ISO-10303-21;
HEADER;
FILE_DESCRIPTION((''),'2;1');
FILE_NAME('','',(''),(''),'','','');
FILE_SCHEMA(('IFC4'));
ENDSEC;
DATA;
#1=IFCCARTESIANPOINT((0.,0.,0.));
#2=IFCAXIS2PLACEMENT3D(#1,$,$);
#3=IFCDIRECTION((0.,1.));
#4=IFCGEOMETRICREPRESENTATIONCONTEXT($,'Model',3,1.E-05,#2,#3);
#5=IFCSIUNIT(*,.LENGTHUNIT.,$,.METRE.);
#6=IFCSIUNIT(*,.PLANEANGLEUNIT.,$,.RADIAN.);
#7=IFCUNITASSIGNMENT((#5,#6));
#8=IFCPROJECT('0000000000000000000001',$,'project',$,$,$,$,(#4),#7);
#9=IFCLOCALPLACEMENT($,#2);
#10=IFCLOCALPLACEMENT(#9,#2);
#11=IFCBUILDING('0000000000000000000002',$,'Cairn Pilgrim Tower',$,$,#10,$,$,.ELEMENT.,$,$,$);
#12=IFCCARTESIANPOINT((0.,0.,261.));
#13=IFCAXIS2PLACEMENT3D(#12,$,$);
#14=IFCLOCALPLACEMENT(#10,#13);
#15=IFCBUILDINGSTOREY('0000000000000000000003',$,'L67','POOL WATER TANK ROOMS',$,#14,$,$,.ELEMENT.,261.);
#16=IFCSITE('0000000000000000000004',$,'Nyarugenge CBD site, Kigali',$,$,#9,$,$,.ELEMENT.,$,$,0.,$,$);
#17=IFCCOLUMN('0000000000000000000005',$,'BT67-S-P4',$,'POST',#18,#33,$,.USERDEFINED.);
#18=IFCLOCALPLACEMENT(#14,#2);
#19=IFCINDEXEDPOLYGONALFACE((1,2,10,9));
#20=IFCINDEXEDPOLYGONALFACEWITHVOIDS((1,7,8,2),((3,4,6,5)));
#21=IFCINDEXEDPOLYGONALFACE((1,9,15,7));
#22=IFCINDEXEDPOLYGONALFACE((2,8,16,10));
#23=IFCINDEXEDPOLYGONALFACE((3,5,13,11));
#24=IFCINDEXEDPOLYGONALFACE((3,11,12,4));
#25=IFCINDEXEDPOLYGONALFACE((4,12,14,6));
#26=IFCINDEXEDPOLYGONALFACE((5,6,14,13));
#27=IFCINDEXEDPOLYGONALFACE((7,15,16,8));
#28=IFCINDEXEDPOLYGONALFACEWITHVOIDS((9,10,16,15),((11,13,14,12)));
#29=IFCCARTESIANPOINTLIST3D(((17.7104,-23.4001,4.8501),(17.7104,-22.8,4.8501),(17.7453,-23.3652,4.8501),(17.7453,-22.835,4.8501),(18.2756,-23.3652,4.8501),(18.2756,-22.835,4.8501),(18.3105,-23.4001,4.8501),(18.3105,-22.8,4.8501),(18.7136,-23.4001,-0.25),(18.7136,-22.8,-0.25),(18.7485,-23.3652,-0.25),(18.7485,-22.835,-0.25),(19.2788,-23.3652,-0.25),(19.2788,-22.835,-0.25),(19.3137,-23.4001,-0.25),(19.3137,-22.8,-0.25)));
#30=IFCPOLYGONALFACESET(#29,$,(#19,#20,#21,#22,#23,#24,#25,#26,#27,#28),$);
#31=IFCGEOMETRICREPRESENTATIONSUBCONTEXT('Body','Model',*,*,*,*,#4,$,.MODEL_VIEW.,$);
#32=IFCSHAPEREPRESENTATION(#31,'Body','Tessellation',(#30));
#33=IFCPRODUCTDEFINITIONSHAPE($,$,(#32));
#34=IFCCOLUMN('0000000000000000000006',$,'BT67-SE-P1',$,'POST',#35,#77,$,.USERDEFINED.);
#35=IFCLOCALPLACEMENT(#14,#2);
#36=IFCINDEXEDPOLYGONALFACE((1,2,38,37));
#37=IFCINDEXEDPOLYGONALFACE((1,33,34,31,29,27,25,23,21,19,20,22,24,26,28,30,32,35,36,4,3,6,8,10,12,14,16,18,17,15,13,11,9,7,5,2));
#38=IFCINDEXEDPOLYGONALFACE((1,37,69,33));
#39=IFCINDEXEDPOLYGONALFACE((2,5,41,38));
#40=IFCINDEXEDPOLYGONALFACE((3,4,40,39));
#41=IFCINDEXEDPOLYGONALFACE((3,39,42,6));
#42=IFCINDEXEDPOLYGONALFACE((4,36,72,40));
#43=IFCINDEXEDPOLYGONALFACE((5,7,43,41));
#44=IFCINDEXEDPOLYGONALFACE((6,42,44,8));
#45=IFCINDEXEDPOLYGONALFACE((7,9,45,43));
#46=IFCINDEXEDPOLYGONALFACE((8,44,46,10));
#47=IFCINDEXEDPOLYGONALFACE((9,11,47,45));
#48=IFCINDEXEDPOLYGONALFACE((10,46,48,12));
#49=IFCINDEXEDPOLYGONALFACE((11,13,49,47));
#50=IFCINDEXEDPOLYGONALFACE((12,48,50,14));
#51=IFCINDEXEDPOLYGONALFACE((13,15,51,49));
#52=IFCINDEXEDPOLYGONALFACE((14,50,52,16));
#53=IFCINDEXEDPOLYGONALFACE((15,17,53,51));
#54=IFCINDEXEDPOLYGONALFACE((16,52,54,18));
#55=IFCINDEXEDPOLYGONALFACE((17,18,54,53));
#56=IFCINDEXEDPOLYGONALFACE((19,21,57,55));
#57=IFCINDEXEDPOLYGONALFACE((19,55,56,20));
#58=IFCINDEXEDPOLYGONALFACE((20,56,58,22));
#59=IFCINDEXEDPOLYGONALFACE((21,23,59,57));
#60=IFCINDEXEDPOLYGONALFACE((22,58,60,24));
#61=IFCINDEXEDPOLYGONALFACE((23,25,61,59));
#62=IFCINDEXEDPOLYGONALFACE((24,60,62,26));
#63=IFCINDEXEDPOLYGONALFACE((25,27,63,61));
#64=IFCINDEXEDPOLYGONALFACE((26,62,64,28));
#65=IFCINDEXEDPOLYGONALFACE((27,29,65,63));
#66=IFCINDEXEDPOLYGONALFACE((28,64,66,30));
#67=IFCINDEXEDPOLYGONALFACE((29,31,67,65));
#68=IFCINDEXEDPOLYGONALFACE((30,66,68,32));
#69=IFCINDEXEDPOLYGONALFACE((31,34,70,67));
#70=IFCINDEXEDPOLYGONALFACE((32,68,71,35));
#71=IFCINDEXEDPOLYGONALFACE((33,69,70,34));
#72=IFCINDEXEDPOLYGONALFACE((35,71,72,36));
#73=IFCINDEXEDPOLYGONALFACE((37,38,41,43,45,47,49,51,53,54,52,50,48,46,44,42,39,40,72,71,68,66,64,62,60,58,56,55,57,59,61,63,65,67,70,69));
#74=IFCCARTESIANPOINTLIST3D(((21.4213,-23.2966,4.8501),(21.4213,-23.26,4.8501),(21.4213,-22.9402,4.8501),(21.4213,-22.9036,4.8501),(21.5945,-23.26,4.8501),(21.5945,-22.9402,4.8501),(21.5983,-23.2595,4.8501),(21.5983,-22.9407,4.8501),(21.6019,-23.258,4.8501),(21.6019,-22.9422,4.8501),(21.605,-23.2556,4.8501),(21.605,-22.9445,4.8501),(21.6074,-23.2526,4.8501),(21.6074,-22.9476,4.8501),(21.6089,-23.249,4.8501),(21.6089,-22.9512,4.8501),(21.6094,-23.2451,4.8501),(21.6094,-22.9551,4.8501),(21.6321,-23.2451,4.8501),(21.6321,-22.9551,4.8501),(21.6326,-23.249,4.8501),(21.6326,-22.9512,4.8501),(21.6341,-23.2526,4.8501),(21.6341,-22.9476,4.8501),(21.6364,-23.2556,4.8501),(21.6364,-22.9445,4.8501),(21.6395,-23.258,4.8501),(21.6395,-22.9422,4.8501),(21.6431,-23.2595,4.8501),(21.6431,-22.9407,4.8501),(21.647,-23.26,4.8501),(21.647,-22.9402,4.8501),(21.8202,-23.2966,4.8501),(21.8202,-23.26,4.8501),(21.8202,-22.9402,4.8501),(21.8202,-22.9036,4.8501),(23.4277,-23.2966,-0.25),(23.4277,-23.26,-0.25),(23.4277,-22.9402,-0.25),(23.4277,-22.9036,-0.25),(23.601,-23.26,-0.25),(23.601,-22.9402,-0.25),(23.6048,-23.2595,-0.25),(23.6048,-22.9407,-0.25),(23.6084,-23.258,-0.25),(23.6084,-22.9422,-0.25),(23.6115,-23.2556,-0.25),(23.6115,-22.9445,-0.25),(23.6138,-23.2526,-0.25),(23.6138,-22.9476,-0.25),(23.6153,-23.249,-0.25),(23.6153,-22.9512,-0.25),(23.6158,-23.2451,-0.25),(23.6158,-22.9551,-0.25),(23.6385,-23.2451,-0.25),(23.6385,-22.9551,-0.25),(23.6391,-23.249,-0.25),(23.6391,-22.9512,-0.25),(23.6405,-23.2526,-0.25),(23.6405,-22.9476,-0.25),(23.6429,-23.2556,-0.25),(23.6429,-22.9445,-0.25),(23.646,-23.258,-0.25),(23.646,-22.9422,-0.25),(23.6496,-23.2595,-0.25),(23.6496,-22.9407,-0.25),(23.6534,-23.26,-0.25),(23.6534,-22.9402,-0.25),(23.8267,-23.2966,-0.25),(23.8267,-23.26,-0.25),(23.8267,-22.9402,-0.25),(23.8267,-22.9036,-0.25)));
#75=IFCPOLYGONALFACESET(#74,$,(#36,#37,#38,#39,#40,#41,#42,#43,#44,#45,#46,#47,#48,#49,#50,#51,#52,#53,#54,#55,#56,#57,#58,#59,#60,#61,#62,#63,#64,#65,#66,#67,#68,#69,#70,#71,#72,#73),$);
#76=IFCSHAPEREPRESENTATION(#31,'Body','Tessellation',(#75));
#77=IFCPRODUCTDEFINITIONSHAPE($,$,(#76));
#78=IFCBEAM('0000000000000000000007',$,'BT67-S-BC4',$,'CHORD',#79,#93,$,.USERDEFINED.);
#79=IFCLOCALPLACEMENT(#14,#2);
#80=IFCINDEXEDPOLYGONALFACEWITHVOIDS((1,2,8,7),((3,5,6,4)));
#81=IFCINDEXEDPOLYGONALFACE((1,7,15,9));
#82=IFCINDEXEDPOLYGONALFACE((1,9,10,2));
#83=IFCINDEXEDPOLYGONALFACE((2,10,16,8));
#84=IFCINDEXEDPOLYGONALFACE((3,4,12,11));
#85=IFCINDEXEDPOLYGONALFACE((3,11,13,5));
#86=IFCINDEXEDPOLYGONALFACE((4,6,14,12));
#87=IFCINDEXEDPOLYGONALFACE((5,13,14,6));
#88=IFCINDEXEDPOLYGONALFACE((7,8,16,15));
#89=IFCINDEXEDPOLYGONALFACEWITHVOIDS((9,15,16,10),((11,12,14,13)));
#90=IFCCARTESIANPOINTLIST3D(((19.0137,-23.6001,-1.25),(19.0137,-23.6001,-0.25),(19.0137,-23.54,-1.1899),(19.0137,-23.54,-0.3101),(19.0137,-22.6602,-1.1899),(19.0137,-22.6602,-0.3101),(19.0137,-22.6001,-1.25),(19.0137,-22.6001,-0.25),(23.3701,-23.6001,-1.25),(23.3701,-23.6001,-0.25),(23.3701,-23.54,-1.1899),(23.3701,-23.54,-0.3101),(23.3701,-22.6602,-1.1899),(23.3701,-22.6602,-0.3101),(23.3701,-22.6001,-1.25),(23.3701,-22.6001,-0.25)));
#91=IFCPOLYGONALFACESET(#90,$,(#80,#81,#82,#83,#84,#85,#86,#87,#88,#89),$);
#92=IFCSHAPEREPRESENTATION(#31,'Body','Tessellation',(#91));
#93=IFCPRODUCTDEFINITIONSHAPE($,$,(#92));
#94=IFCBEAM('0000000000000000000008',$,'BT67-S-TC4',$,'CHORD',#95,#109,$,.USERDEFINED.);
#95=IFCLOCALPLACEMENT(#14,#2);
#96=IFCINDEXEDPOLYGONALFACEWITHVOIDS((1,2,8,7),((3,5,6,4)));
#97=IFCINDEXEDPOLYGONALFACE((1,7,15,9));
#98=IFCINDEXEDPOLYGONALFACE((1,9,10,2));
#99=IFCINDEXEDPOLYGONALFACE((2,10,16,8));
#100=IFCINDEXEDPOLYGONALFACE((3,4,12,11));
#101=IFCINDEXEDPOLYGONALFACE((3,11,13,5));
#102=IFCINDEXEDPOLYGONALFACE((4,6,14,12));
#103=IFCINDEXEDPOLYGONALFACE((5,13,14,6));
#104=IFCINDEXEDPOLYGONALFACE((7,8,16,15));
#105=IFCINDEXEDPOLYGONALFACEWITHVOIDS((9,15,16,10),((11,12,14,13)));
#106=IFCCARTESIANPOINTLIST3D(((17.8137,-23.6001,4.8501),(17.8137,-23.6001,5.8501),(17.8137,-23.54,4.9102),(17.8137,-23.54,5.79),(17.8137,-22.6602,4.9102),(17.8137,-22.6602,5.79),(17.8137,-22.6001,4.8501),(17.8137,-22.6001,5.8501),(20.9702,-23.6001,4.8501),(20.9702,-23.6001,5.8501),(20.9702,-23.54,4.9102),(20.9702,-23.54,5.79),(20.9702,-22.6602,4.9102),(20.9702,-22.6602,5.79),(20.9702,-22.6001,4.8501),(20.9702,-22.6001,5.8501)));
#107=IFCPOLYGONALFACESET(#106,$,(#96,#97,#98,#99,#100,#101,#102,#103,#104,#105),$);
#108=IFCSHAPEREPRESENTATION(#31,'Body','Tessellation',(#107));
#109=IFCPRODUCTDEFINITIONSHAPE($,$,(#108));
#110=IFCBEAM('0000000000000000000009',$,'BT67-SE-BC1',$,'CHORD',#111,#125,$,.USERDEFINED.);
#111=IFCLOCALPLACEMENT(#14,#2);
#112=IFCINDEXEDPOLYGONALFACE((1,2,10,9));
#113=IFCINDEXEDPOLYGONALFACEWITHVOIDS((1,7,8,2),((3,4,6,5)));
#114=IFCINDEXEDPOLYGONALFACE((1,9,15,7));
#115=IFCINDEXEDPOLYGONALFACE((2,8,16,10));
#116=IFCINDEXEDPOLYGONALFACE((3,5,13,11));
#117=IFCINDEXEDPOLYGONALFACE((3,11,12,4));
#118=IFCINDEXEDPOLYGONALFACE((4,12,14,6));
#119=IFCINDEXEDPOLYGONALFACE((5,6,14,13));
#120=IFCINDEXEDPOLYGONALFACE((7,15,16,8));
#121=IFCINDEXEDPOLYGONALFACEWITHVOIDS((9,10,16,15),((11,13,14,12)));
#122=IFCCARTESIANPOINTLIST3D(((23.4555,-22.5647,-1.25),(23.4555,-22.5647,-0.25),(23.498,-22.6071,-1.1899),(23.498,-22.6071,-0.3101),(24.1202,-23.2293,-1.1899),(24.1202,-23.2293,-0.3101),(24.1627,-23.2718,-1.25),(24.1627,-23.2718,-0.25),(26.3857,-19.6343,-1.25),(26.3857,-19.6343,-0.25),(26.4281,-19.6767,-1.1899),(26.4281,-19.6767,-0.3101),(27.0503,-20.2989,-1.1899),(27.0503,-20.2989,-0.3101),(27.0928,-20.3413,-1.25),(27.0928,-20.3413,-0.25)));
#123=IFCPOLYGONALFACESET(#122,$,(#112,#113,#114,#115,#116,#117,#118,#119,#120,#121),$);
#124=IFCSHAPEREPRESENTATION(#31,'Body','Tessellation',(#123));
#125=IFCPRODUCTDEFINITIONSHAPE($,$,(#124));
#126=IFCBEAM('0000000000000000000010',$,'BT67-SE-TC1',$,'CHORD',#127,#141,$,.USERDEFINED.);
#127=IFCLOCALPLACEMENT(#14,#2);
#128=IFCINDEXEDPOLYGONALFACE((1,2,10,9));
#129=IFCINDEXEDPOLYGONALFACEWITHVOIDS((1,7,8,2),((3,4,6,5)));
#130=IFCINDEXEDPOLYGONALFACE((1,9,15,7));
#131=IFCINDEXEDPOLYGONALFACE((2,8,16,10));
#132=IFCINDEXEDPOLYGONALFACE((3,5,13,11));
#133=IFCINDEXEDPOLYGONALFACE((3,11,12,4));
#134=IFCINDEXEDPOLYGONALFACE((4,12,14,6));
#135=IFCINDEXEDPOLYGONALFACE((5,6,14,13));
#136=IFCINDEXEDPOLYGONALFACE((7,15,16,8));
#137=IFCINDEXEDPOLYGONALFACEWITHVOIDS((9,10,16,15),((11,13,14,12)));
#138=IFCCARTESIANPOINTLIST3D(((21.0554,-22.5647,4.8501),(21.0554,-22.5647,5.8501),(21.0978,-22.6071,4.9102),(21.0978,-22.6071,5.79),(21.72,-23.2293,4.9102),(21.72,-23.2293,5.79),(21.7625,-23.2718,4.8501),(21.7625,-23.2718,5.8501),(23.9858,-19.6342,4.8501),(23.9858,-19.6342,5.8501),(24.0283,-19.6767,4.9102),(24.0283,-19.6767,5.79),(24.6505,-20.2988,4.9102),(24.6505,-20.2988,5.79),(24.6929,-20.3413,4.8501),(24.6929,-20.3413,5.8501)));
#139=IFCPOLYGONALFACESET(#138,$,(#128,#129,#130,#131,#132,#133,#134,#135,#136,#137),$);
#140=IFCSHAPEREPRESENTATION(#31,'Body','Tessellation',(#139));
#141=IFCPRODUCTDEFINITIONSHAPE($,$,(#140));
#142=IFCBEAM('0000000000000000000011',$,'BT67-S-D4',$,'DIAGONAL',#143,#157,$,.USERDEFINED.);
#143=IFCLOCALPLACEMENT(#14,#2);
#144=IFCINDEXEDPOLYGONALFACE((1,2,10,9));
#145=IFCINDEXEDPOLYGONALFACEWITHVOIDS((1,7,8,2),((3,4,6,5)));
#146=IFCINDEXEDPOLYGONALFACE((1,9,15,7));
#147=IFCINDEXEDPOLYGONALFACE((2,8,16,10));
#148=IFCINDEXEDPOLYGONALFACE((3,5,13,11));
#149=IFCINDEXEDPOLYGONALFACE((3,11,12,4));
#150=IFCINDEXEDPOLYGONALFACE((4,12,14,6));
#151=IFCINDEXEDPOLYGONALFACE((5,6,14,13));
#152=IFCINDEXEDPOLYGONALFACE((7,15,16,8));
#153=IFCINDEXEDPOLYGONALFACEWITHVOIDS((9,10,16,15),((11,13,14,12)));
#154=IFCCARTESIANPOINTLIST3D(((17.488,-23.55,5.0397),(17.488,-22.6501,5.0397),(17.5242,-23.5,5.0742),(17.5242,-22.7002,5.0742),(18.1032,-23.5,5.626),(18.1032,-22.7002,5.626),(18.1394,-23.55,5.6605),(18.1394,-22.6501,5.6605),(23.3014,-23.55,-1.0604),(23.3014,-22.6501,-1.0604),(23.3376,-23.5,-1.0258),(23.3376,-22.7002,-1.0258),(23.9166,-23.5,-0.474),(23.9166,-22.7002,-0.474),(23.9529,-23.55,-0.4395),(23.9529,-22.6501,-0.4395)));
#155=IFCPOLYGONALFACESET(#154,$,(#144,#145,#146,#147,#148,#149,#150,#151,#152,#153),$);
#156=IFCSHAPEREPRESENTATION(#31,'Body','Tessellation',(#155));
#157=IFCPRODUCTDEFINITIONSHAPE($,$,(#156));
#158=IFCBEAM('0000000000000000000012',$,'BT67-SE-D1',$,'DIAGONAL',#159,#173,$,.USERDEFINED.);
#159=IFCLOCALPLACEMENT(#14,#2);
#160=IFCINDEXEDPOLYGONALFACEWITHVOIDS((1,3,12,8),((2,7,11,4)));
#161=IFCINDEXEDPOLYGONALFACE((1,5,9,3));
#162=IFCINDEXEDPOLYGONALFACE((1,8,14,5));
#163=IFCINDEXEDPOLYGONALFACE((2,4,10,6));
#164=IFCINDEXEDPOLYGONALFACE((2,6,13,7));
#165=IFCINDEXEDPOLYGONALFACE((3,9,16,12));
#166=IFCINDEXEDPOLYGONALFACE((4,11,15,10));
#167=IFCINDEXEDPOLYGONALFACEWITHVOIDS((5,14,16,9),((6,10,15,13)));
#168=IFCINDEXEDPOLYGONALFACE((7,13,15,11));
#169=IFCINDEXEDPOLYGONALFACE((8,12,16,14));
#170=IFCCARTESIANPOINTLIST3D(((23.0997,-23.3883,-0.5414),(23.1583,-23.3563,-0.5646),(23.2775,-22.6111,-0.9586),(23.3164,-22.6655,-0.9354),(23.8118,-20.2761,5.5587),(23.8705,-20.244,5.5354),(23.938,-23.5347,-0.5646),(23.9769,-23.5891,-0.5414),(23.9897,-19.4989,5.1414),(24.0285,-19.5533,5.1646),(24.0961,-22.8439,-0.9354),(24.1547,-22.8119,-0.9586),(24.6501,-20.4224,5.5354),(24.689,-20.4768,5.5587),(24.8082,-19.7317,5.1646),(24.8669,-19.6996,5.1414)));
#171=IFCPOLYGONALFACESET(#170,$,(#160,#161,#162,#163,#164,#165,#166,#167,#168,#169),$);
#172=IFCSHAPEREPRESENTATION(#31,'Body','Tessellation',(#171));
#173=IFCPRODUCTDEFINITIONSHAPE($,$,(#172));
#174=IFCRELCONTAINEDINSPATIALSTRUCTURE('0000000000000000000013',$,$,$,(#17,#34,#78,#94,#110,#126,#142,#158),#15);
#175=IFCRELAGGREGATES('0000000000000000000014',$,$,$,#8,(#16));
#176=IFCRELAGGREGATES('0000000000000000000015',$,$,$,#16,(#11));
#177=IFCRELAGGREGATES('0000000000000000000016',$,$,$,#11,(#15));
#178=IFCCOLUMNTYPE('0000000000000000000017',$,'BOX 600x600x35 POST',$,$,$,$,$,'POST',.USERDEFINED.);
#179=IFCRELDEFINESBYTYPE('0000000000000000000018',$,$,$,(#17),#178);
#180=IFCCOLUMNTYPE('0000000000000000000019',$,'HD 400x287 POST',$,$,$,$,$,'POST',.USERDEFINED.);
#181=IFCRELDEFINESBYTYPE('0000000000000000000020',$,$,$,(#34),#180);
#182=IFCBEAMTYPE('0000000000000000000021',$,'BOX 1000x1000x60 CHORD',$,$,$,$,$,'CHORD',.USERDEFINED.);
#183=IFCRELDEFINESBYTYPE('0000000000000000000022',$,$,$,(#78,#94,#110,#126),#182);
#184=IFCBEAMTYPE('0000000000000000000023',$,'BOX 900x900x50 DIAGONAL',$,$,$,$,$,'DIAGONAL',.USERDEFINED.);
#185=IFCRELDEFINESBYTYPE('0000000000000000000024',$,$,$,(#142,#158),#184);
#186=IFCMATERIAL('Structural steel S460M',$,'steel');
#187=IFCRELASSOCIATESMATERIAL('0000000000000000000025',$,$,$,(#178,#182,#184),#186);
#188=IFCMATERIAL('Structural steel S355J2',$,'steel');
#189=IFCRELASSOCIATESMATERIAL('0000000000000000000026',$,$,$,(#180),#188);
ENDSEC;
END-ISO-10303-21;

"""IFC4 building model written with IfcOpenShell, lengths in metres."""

from ifc_helpers import new_model, si_unit, direction, frame, origin, origin_2d, place, context, subcontext, project, spatial, hollow_rectangle, i_section, extrude, clip, halfspace, material, material_profile, profile_set, type_object, element, save


model = new_model("IFC4")

# Units and contexts
model_context = context("Model", 3, precision=1e-05, world=origin(), true_north=direction((0.0, 1.0)))
body_context = subcontext(model_context, "Body", "Model", "MODEL_VIEW")
ifc_project = project(units=[si_unit("LENGTHUNIT", "METRE"), si_unit("PLANEANGLEUNIT", "RADIAN")], contexts=[model_context])

# Site, building, storey
site_placement = place(None, origin())
site = spatial("IfcSite", under=ifc_project, at=site_placement, Name="Nyarugenge CBD site, Kigali", CompositionType="ELEMENT", RefElevation=0.0)
building_placement = place(site_placement, origin())
building = spatial("IfcBuilding", under=site, at=building_placement, Name="Cairn Pilgrim Tower", CompositionType="ELEMENT")
storey_placement = place(building_placement, frame((0.0, 0.0, 261.0)))
storey = spatial("IfcBuildingStorey", under=building, at=storey_placement, Name="L67", Description="POOL WATER TANK ROOMS", CompositionType="ELEMENT", Elevation=261.0)

# Columns
ifc_material_1 = material(Name="Structural steel S460M", Category="steel")
ifc_material_profile_1 = material_profile(ifc_material_1, hollow_rectangle(XDim=0.6001, YDim=0.6001, WallThickness=0.0349, at=origin_2d()), Name="BOX 600x600x35")
ifc_profile_set_1 = profile_set([ifc_material_profile_1], Name="Structural steel S460M")
column_type_1 = type_object("IfcColumnType", Name="BOX 600x600x35 POST", ElementType="POST", PredefinedType="USERDEFINED", material=ifc_profile_set_1)
column_1_placement = place(storey_placement, frame((19.0137, -23.1001, -0.25), z_axis=(0.0, 0.0, 1.0), x_axis=(1.0, 0.0, 0.0)))
element("IfcColumn", 1, at=column_1_placement, inside=storey, type_object=column_type_1, Name="BT67-S-P4", ObjectType="POST", PredefinedType="USERDEFINED", context=body_context, shape_type="Clipping", body=[
    clip(extrude(hollow_rectangle(XDim=0.6001, YDim=0.6001, WallThickness=0.0349, at=origin_2d()), origin(), (-0.193011, 0.0, 0.981197), 6.217), halfspace(frame((0.0, 0.0, 5.1001), z_axis=(0.0, 0.0, 1.0), x_axis=(1.0, 0.0, 0.0)), False)),
])
ifc_material_2 = material(Name="Structural steel S355J2", Category="steel")
ifc_material_profile_2 = material_profile(ifc_material_2, i_section(OverallWidth=0.3989, OverallDepth=0.3931, WebThickness=0.0227, FlangeThickness=0.0366, FilletRadius=0.0149, at=origin_2d()), Name="HD 400x287")
ifc_profile_set_2 = profile_set([ifc_material_profile_2], Name="Structural steel S355J2")
column_type_2 = type_object("IfcColumnType", Name="HD 400x287 POST", ElementType="POST", PredefinedType="USERDEFINED", material=ifc_profile_set_2)
column_2_placement = place(storey_placement, frame((23.6272, -23.1001, -0.25), z_axis=(0.0, 0.0, 1.0), x_axis=(1.0, 0.0, 0.0)))
element("IfcColumn", 2, at=column_2_placement, inside=storey, type_object=column_type_2, Name="BT67-SE-P1", ObjectType="POST", PredefinedType="USERDEFINED", context=body_context, shape_type="Clipping", body=[
    clip(extrude(i_section(OverallWidth=0.3989, OverallDepth=0.3931, WebThickness=0.0227, FlangeThickness=0.0366, FilletRadius=0.0149, at=origin_2d()), origin(), (-0.366106, 0.0, 0.930573), 6.5552), halfspace(frame((0.0, 0.0, 5.1001), z_axis=(0.0, 0.0, 1.0), x_axis=(1.0, 0.0, 0.0)), False)),
])

# Beams
ifc_material_profile_3 = material_profile(ifc_material_1, hollow_rectangle(XDim=1.0, YDim=1.0, WallThickness=0.0601, at=origin_2d()), Name="BOX 1000x1000x60")
ifc_profile_set_3 = profile_set([ifc_material_profile_3], Name="Structural steel S460M")
beam_type_1 = type_object("IfcBeamType", Name="BOX 1000x1000x60 CHORD", ElementType="CHORD", PredefinedType="USERDEFINED", material=ifc_profile_set_3)
beam_1_placement = place(storey_placement, frame((19.0137, -23.1001, -0.75), z_axis=(1.0, 0.0, 0.0), x_axis=(0.0, 1.0, 0.0)))
element("IfcBeam", 3, at=beam_1_placement, inside=storey, type_object=beam_type_1, Name="BT67-S-BC4", ObjectType="CHORD", PredefinedType="USERDEFINED", context=body_context, shape_type="SweptSolid", body=[
    extrude(hollow_rectangle(XDim=1.0, YDim=1.0, WallThickness=0.0601, at=origin_2d()), origin(), (0.0, 0.0, 1.0), 4.3564),
])
beam_2_placement = place(storey_placement, frame((17.8137, -23.1001, 5.3501), z_axis=(1.0, 0.0, 0.0), x_axis=(0.0, 1.0, 0.0)))
element("IfcBeam", 4, at=beam_2_placement, inside=storey, type_object=beam_type_1, Name="BT67-S-TC4", ObjectType="CHORD", PredefinedType="USERDEFINED", context=body_context, shape_type="SweptSolid", body=[
    extrude(hollow_rectangle(XDim=1.0, YDim=1.0, WallThickness=0.0601, at=origin_2d()), origin(), (0.0, 0.0, 1.0), 3.1565),
])
beam_3_placement = place(storey_placement, frame((23.8091, -22.9182, -0.75), z_axis=(0.707077, 0.707136, 0.0), x_axis=(-0.707136, 0.707077, 0.0)))
element("IfcBeam", 5, at=beam_3_placement, inside=storey, type_object=beam_type_1, Name="BT67-SE-BC1", ObjectType="CHORD", PredefinedType="USERDEFINED", context=body_context, shape_type="SweptSolid", body=[
    extrude(hollow_rectangle(XDim=1.0, YDim=1.0, WallThickness=0.0601, at=origin_2d()), origin(), (0.0, 0.0, 1.0), 4.144),
])
beam_4_placement = place(storey_placement, frame((21.4089, -22.9182, 5.3501), z_axis=(0.707107, 0.707107, 0.0), x_axis=(-0.707107, 0.707107, 0.0)))
element("IfcBeam", 6, at=beam_4_placement, inside=storey, type_object=beam_type_1, Name="BT67-SE-TC1", ObjectType="CHORD", PredefinedType="USERDEFINED", context=body_context, shape_type="SweptSolid", body=[
    extrude(hollow_rectangle(XDim=1.0, YDim=1.0, WallThickness=0.0601, at=origin_2d()), origin(), (0.0, 0.0, 1.0), 4.1443),
])
ifc_material_profile_4 = material_profile(ifc_material_1, hollow_rectangle(XDim=0.8999, YDim=0.8999, WallThickness=0.05, at=origin_2d()), Name="BOX 900x900x50")
ifc_profile_set_4 = profile_set([ifc_material_profile_4], Name="Structural steel S460M")
beam_type_2 = type_object("IfcBeamType", Name="BOX 900x900x50 DIAGONAL", ElementType="DIAGONAL", PredefinedType="USERDEFINED", material=ifc_profile_set_4)
beam_5_placement = place(storey_placement, frame((17.8137, -23.1001, 5.3501), z_axis=(0.689895, 0.0, -0.723909), x_axis=(0.0, 1.0, 0.0)))
element("IfcBeam", 7, at=beam_5_placement, inside=storey, type_object=beam_type_2, Name="BT67-S-D4", ObjectType="DIAGONAL", PredefinedType="USERDEFINED", context=body_context, shape_type="SweptSolid", body=[
    extrude(hollow_rectangle(XDim=0.8999, YDim=0.8999, WallThickness=0.05, at=origin_2d()), origin(), (0.0, 0.0, 1.0), 8.4265),
])
beam_6_placement = place(storey_placement, frame((23.6272, -23.1001, -0.75), z_axis=(0.103434, 0.452034, 0.885983), x_axis=(-0.974806, 0.223055, 0.0)))
element("IfcBeam", 8, at=beam_6_placement, inside=storey, type_object=beam_type_2, Name="BT67-SE-D1", ObjectType="DIAGONAL", PredefinedType="USERDEFINED", context=body_context, shape_type="SweptSolid", body=[
    extrude(hollow_rectangle(XDim=0.8999, YDim=0.8999, WallThickness=0.05, at=origin_2d()), origin(), (0.0, 0.0, 1.0), 6.885),
])

save(model, "model.ifc")
